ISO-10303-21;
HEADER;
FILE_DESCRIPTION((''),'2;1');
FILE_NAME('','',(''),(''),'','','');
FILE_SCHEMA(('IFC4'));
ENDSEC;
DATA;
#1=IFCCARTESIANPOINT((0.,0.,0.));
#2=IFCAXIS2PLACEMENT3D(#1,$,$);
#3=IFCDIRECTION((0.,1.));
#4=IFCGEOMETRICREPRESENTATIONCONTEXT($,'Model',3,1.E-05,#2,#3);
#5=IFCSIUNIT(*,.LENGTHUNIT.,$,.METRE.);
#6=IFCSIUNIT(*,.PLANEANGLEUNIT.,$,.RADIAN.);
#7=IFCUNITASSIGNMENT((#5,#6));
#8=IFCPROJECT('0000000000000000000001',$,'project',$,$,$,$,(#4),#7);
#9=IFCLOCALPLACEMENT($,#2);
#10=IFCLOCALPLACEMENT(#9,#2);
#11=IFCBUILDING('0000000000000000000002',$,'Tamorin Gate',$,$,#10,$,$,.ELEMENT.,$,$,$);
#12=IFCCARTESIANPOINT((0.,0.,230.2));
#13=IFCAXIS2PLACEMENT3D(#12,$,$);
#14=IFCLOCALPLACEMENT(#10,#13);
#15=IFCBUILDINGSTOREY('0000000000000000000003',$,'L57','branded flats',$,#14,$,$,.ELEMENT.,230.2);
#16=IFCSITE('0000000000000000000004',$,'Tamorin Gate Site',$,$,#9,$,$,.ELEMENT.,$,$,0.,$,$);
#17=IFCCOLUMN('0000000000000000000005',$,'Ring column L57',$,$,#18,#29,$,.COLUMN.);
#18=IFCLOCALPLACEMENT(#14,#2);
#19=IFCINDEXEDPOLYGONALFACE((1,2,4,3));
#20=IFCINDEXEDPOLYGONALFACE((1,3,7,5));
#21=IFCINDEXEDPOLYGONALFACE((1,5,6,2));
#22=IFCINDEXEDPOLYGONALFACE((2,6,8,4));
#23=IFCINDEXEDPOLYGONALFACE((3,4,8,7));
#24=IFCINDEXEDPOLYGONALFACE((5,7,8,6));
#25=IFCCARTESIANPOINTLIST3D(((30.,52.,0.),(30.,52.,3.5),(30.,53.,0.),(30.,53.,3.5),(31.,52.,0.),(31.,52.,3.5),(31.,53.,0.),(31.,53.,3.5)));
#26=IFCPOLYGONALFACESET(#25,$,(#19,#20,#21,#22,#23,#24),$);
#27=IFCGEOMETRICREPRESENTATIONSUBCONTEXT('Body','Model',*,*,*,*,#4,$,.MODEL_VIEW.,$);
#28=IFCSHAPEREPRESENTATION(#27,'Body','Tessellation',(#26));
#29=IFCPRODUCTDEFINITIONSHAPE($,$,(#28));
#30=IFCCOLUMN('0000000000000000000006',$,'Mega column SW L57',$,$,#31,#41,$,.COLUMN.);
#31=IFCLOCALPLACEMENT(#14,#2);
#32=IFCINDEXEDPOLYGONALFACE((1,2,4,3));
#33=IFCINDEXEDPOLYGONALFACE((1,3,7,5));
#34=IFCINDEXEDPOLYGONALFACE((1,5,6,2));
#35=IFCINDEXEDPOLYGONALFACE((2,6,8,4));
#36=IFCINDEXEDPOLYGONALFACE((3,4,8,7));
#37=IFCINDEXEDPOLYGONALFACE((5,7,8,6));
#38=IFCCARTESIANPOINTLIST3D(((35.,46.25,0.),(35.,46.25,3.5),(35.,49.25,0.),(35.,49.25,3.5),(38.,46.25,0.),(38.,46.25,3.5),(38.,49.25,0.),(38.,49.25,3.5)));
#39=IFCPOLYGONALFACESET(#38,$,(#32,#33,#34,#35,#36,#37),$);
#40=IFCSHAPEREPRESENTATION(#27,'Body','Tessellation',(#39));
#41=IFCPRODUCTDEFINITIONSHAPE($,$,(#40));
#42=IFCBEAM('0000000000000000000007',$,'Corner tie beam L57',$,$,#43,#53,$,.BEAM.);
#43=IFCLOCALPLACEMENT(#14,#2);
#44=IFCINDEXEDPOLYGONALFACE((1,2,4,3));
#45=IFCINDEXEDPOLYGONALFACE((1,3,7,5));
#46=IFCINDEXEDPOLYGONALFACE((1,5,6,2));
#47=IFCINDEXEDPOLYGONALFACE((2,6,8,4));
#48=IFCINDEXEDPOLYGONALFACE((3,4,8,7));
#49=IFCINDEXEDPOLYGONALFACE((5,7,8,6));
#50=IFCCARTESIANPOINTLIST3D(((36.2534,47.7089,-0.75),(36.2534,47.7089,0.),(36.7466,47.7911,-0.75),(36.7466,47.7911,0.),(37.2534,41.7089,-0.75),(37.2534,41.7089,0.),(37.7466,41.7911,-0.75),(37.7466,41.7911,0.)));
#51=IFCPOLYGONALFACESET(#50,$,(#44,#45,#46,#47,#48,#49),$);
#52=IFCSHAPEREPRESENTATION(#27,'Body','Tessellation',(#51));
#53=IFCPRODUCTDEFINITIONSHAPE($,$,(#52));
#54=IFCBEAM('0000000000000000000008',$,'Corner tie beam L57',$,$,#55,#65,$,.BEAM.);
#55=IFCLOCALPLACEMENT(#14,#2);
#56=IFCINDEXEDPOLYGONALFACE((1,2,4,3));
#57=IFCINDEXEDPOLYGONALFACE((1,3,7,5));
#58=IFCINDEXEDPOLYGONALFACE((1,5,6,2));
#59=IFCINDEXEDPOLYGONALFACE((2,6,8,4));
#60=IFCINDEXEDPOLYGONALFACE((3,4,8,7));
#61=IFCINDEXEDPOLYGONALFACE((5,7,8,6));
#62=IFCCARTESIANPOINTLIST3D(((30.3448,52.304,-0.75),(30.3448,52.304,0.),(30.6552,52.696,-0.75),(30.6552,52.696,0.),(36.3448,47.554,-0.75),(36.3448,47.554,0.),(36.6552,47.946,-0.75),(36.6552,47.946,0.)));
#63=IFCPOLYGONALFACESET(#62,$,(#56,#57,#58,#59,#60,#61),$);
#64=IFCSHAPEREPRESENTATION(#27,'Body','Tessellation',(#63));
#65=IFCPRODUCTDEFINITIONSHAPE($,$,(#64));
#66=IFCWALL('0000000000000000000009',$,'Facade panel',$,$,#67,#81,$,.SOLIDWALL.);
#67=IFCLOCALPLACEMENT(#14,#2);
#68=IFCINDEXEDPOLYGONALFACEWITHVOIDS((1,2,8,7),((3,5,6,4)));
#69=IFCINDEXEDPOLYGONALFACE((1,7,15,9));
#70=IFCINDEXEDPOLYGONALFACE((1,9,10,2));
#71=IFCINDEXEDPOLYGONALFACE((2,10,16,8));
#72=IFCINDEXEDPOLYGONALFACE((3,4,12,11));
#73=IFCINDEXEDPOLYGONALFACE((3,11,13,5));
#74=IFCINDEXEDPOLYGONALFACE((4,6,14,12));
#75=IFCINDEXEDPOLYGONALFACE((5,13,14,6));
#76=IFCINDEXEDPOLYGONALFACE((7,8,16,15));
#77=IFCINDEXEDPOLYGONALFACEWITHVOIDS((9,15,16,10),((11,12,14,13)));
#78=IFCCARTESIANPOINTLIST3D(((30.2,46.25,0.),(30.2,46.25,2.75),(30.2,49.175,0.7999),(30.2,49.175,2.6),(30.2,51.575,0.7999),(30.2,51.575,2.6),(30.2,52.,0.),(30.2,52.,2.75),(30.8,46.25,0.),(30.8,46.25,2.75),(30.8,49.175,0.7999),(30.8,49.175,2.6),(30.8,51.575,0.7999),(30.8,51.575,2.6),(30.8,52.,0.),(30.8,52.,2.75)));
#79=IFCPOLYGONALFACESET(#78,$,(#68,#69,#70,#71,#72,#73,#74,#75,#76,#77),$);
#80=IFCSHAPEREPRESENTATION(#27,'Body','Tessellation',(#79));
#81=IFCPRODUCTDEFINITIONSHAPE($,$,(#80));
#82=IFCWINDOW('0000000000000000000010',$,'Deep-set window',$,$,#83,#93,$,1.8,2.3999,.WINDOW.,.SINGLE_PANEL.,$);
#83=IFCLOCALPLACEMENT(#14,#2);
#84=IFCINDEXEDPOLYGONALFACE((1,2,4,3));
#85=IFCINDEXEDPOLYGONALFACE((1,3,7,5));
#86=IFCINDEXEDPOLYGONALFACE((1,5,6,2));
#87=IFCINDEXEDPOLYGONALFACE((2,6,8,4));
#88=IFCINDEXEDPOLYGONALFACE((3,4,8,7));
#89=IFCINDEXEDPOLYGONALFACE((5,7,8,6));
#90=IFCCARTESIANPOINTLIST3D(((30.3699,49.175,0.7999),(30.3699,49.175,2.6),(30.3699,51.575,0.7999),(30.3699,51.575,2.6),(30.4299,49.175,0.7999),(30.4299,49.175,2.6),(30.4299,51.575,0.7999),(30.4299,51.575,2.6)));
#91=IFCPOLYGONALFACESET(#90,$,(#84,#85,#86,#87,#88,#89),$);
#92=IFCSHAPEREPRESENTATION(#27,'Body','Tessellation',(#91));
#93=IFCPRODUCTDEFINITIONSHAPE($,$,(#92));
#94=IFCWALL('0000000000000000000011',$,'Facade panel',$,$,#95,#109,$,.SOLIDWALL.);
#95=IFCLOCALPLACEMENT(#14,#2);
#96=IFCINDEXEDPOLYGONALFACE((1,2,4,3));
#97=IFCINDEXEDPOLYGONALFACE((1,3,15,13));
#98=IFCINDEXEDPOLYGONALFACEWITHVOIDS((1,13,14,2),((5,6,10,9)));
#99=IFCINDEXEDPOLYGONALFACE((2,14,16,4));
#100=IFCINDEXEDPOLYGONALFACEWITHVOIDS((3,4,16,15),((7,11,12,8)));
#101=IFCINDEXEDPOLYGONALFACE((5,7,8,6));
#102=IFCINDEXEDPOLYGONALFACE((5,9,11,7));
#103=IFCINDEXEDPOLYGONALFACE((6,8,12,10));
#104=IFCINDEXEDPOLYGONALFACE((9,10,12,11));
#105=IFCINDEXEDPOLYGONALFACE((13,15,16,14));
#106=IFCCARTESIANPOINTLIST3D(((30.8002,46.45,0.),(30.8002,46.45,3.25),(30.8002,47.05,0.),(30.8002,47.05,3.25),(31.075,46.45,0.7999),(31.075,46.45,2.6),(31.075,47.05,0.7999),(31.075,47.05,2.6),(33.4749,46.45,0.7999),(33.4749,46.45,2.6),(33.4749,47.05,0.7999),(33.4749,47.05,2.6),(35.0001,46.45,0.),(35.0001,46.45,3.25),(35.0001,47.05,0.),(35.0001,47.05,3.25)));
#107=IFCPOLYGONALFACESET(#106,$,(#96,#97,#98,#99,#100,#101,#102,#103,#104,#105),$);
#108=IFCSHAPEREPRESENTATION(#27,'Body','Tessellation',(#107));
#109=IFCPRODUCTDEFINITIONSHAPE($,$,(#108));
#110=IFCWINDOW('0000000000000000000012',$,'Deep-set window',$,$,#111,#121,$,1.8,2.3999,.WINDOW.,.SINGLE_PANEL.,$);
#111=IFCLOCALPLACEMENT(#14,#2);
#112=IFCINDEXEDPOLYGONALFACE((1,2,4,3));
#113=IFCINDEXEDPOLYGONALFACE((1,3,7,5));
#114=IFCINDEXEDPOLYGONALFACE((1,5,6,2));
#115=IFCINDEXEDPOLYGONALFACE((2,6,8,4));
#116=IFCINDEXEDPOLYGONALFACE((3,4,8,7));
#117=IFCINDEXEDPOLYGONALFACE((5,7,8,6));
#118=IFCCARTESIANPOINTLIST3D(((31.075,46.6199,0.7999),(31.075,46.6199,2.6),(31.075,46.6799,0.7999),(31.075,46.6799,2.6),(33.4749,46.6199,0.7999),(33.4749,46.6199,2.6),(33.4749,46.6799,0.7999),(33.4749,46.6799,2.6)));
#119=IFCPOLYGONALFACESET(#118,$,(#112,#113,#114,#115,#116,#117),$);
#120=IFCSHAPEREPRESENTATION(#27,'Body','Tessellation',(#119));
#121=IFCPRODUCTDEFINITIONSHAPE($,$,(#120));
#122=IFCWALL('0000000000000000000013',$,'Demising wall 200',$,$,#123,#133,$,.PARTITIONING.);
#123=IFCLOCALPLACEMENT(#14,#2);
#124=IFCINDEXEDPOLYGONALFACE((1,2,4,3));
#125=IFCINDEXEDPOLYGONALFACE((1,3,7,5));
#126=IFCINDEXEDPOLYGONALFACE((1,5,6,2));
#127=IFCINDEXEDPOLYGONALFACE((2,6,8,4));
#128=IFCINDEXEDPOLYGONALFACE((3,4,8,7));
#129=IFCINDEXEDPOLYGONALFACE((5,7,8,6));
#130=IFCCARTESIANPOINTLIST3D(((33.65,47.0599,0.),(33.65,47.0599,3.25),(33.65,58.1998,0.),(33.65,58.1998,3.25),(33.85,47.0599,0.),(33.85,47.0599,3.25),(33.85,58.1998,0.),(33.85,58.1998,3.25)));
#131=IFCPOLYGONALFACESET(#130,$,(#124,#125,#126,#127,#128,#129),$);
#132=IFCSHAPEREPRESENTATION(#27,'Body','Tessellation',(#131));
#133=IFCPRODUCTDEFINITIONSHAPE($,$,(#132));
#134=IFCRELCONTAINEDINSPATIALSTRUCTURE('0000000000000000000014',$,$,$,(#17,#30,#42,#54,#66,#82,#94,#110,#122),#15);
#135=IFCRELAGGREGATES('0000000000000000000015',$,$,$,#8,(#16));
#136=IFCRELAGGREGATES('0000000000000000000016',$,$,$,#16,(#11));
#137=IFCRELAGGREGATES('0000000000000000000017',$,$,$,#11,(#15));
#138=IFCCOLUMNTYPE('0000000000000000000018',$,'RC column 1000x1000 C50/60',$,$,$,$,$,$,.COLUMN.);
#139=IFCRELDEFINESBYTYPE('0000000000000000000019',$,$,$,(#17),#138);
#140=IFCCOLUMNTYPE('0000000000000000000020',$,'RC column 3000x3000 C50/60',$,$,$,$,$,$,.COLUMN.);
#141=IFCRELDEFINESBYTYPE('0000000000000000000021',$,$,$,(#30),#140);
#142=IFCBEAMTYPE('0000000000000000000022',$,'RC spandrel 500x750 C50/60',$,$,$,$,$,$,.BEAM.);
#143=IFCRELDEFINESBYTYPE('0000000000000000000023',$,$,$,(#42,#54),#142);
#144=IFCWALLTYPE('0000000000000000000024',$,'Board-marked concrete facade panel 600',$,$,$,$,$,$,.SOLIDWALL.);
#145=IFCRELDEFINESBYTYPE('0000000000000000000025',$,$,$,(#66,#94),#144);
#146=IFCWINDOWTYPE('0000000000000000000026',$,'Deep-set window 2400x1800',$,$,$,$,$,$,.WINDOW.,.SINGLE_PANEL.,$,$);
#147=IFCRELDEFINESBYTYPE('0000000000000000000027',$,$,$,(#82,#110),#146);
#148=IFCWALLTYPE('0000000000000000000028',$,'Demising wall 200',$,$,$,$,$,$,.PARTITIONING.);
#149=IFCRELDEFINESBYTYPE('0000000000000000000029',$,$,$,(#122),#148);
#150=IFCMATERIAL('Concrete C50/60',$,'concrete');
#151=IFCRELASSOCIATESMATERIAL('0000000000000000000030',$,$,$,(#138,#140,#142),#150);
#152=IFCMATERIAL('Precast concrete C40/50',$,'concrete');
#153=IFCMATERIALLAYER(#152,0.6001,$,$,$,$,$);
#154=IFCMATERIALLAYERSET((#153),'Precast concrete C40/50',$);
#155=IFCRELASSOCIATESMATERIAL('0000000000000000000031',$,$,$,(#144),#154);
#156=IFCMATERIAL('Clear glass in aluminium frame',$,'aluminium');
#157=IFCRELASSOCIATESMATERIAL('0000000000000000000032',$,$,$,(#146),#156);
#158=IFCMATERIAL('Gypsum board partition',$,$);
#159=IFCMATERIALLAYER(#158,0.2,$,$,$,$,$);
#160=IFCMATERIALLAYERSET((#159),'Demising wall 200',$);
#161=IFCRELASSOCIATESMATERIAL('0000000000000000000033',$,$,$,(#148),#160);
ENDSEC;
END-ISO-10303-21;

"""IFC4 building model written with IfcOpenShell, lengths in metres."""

from ifc_helpers import new_model, si_unit, direction, frame, frame_2d, origin, origin_2d, place, context, subcontext, project, spatial, rectangle, extrude, material, layer, layer_set, material_profile, profile_set, type_object, element, fill, save


model = new_model("IFC4")

# Units and contexts
model_context = context("Model", 3, precision=1e-05, world=origin(), true_north=direction((0.0, 1.0)))
body_context = subcontext(model_context, "Body", "Model", "MODEL_VIEW")
ifc_project = project(units=[si_unit("LENGTHUNIT", "METRE"), si_unit("PLANEANGLEUNIT", "RADIAN")], contexts=[model_context])

# Site, building, storey
site_placement = place(None, origin())
site = spatial("IfcSite", under=ifc_project, at=site_placement, Name="Tamorin Gate Site", CompositionType="ELEMENT", RefElevation=0.0)
building_placement = place(site_placement, origin())
building = spatial("IfcBuilding", under=site, at=building_placement, Name="Tamorin Gate", CompositionType="ELEMENT")
storey_placement = place(building_placement, frame((0.0, 0.0, 230.2)))
storey = spatial("IfcBuildingStorey", under=building, at=storey_placement, Name="L57", Description="branded flats", CompositionType="ELEMENT", Elevation=230.2)

# Columns
ifc_material_1 = material(Name="Concrete C50/60", Category="concrete")
ifc_material_profile_1 = material_profile(ifc_material_1, rectangle(XDim=1.0, YDim=1.0, at=origin_2d()), Name="RC 1000x1000")
ifc_profile_set_1 = profile_set([ifc_material_profile_1], Name="Concrete C50/60")
column_type_1 = type_object("IfcColumnType", Name="RC column 1000x1000 C50/60", PredefinedType="COLUMN", material=ifc_profile_set_1)
column_1_placement = place(storey_placement, frame((30.5, 52.5, 0.0), z_axis=(0.0, 0.0, 1.0), x_axis=(1.0, 0.0, 0.0)))
element("IfcColumn", 1, at=column_1_placement, inside=storey, type_object=column_type_1, Name="Ring column L57", PredefinedType="COLUMN", context=body_context, shape_type="SweptSolid", body=[
    extrude(rectangle(XDim=1.0, YDim=1.0, at=origin_2d()), origin(), (0.0, 0.0, 1.0), 3.5),
])
ifc_material_profile_2 = material_profile(ifc_material_1, rectangle(XDim=3.0, YDim=3.0, at=origin_2d()), Name="RC 3000x3000")
ifc_profile_set_2 = profile_set([ifc_material_profile_2], Name="Concrete C50/60")
column_type_2 = type_object("IfcColumnType", Name="RC column 3000x3000 C50/60", PredefinedType="COLUMN", material=ifc_profile_set_2)
column_2_placement = place(storey_placement, frame((36.5, 47.75, 0.0), z_axis=(0.0, 0.0, 1.0), x_axis=(1.0, 0.0, 0.0)))
element("IfcColumn", 2, at=column_2_placement, inside=storey, type_object=column_type_2, Name="Mega column SW L57", PredefinedType="COLUMN", context=body_context, shape_type="SweptSolid", body=[
    extrude(rectangle(XDim=3.0, YDim=3.0, at=origin_2d()), origin(), (0.0, 0.0, 1.0), 3.5),
])

# Beams
ifc_material_profile_3 = material_profile(ifc_material_1, rectangle(XDim=0.5, YDim=0.75, at=origin_2d()), Name="RC 500x750")
ifc_profile_set_3 = profile_set([ifc_material_profile_3], Name="Concrete C50/60")
beam_type = type_object("IfcBeamType", Name="RC spandrel 500x750 C50/60", PredefinedType="BEAM", material=ifc_profile_set_3)
beam_1_placement = place(storey_placement, frame((36.5, 47.75, -0.375), z_axis=(0.164399, -0.986394, 0.0), x_axis=(0.986394, 0.164399, 0.0)))
element("IfcBeam", 3, at=beam_1_placement, inside=storey, type_object=beam_type, Name="Corner tie beam L57", PredefinedType="BEAM", context=body_context, shape_type="SweptSolid", body=[
    extrude(rectangle(XDim=0.5, YDim=0.75, at=origin_2d()), origin(), (0.0, 0.0, 1.0), 6.0828),
])
beam_2_placement = place(storey_placement, frame((36.5, 47.75, -0.375), z_axis=(-0.784046, 0.620703, 0.0), x_axis=(-0.620703, -0.784046, 0.0)))
element("IfcBeam", 4, at=beam_2_placement, inside=storey, type_object=beam_type, Name="Corner tie beam L57", PredefinedType="BEAM", context=body_context, shape_type="SweptSolid", body=[
    extrude(rectangle(XDim=0.5, YDim=0.75, at=origin_2d()), origin(), (0.0, 0.0, 1.0), 7.6526),
])

# Walls, openings, windows
ifc_material_2 = material(Name="Precast concrete C40/50", Category="concrete")
ifc_layer_1 = layer(ifc_material_2, 0.6001)
ifc_layer_set_1 = layer_set([ifc_layer_1], Name="Precast concrete C40/50")
wall_type_1 = type_object("IfcWallType", Name="Board-marked concrete facade panel 600", PredefinedType="SOLIDWALL", material=ifc_layer_set_1)
wall_1_placement = place(storey_placement, frame((30.5, 52.0, 0.0), z_axis=(0.0, 0.0, 1.0), x_axis=(0.0, -1.0, 0.0)))
wall_1 = element("IfcWall", 5, at=wall_1_placement, inside=storey, type_object=wall_type_1, Name="Facade panel", PredefinedType="SOLIDWALL", context=body_context, shape_type="SweptSolid", body=[
    extrude(rectangle(XDim=5.75, YDim=0.6001, at=frame_2d((2.875, 0.0))), origin(), (0.0, 0.0, 1.0), 2.75),
])
opening_1_placement = place(wall_1_placement, frame((0.425, 0.0, 0.8)))
opening_1 = element("IfcOpeningElement", 6, at=opening_1_placement, cuts=wall_1, PredefinedType="OPENING", context=body_context, shape_type="SweptSolid", body=[
    extrude(rectangle(XDim=2.3999, YDim=1.8, at=frame_2d((1.2, 0.8999))), frame((0.0, 0.3101, 0.0), z_axis=(0.0, -1.0, 0.0), x_axis=(1.0, 0.0, 0.0)), (0.0, 0.0, 1.0), 0.6201),
])
ifc_material_3 = material(Name="Clear glass in aluminium frame", Category="aluminium")
window_type = type_object("IfcWindowType", Name="Deep-set window 2400x1800", PartitioningType="SINGLE_PANEL", PredefinedType="WINDOW", material=ifc_material_3)
window_1_placement = place(opening_1_placement, origin())
window_1 = element("IfcWindow", 7, at=window_1_placement, inside=storey, type_object=window_type, Name="Deep-set window", OverallHeight=1.8, OverallWidth=2.3999, PartitioningType="SINGLE_PANEL", PredefinedType="WINDOW", context=body_context, shape_type="SweptSolid", body=[
    extrude(rectangle(XDim=2.3999, YDim=1.8, at=frame_2d((1.2, 0.8999))), frame((0.0, -0.0701, 0.0), z_axis=(0.0, -1.0, 0.0), x_axis=(1.0, 0.0, 0.0)), (0.0, 0.0, 1.0), 0.0601),
])
fill(opening_1, window_1)
wall_2_placement = place(storey_placement, frame((30.8, 46.75, 0.0), z_axis=(0.0, 0.0, 1.0), x_axis=(1.0, 0.0, 0.0)))
wall_2 = element("IfcWall", 8, at=wall_2_placement, inside=storey, type_object=wall_type_1, Name="Facade panel", PredefinedType="SOLIDWALL", context=body_context, shape_type="SweptSolid", body=[
    extrude(rectangle(XDim=4.2, YDim=0.6001, at=frame_2d((2.1001, 0.0))), origin(), (0.0, 0.0, 1.0), 3.25),
])
opening_2_placement = place(wall_2_placement, frame((0.2749, 0.0, 0.8)))
opening_2 = element("IfcOpeningElement", 9, at=opening_2_placement, cuts=wall_2, PredefinedType="OPENING", context=body_context, shape_type="SweptSolid", body=[
    extrude(rectangle(XDim=2.3999, YDim=1.8, at=frame_2d((1.2, 0.8999))), frame((0.0, 0.3101, 0.0), z_axis=(0.0, -1.0, 0.0), x_axis=(1.0, 0.0, 0.0)), (0.0, 0.0, 1.0), 0.6201),
])
window_2_placement = place(opening_2_placement, origin())
window_2 = element("IfcWindow", 10, at=window_2_placement, inside=storey, type_object=window_type, Name="Deep-set window", OverallHeight=1.8, OverallWidth=2.3999, PartitioningType="SINGLE_PANEL", PredefinedType="WINDOW", context=body_context, shape_type="SweptSolid", body=[
    extrude(rectangle(XDim=2.3999, YDim=1.8, at=frame_2d((1.2, 0.8999))), frame((0.0, -0.0701, 0.0), z_axis=(0.0, -1.0, 0.0), x_axis=(1.0, 0.0, 0.0)), (0.0, 0.0, 1.0), 0.0601),
])
fill(opening_2, window_2)

# Wall
ifc_material_4 = material(Name="Gypsum board partition")
ifc_layer_2 = layer(ifc_material_4, 0.2)
ifc_layer_set_2 = layer_set([ifc_layer_2], Name="Demising wall 200")
wall_type_2 = type_object("IfcWallType", Name="Demising wall 200", PredefinedType="PARTITIONING", material=ifc_layer_set_2)
wall_3_placement = place(storey_placement, frame((33.75, 47.0601, 0.0), z_axis=(0.0, 0.0, 1.0), x_axis=(0.0, 1.0, 0.0)))
element("IfcWall", 11, at=wall_3_placement, inside=storey, type_object=wall_type_2, Name="Demising wall 200", PredefinedType="PARTITIONING", context=body_context, shape_type="SweptSolid", body=[
    extrude(rectangle(XDim=11.1399, YDim=0.2, at=frame_2d((5.5698, 0.0))), origin(), (0.0, 0.0, 1.0), 3.25),
])

save(model, "model.ifc")
